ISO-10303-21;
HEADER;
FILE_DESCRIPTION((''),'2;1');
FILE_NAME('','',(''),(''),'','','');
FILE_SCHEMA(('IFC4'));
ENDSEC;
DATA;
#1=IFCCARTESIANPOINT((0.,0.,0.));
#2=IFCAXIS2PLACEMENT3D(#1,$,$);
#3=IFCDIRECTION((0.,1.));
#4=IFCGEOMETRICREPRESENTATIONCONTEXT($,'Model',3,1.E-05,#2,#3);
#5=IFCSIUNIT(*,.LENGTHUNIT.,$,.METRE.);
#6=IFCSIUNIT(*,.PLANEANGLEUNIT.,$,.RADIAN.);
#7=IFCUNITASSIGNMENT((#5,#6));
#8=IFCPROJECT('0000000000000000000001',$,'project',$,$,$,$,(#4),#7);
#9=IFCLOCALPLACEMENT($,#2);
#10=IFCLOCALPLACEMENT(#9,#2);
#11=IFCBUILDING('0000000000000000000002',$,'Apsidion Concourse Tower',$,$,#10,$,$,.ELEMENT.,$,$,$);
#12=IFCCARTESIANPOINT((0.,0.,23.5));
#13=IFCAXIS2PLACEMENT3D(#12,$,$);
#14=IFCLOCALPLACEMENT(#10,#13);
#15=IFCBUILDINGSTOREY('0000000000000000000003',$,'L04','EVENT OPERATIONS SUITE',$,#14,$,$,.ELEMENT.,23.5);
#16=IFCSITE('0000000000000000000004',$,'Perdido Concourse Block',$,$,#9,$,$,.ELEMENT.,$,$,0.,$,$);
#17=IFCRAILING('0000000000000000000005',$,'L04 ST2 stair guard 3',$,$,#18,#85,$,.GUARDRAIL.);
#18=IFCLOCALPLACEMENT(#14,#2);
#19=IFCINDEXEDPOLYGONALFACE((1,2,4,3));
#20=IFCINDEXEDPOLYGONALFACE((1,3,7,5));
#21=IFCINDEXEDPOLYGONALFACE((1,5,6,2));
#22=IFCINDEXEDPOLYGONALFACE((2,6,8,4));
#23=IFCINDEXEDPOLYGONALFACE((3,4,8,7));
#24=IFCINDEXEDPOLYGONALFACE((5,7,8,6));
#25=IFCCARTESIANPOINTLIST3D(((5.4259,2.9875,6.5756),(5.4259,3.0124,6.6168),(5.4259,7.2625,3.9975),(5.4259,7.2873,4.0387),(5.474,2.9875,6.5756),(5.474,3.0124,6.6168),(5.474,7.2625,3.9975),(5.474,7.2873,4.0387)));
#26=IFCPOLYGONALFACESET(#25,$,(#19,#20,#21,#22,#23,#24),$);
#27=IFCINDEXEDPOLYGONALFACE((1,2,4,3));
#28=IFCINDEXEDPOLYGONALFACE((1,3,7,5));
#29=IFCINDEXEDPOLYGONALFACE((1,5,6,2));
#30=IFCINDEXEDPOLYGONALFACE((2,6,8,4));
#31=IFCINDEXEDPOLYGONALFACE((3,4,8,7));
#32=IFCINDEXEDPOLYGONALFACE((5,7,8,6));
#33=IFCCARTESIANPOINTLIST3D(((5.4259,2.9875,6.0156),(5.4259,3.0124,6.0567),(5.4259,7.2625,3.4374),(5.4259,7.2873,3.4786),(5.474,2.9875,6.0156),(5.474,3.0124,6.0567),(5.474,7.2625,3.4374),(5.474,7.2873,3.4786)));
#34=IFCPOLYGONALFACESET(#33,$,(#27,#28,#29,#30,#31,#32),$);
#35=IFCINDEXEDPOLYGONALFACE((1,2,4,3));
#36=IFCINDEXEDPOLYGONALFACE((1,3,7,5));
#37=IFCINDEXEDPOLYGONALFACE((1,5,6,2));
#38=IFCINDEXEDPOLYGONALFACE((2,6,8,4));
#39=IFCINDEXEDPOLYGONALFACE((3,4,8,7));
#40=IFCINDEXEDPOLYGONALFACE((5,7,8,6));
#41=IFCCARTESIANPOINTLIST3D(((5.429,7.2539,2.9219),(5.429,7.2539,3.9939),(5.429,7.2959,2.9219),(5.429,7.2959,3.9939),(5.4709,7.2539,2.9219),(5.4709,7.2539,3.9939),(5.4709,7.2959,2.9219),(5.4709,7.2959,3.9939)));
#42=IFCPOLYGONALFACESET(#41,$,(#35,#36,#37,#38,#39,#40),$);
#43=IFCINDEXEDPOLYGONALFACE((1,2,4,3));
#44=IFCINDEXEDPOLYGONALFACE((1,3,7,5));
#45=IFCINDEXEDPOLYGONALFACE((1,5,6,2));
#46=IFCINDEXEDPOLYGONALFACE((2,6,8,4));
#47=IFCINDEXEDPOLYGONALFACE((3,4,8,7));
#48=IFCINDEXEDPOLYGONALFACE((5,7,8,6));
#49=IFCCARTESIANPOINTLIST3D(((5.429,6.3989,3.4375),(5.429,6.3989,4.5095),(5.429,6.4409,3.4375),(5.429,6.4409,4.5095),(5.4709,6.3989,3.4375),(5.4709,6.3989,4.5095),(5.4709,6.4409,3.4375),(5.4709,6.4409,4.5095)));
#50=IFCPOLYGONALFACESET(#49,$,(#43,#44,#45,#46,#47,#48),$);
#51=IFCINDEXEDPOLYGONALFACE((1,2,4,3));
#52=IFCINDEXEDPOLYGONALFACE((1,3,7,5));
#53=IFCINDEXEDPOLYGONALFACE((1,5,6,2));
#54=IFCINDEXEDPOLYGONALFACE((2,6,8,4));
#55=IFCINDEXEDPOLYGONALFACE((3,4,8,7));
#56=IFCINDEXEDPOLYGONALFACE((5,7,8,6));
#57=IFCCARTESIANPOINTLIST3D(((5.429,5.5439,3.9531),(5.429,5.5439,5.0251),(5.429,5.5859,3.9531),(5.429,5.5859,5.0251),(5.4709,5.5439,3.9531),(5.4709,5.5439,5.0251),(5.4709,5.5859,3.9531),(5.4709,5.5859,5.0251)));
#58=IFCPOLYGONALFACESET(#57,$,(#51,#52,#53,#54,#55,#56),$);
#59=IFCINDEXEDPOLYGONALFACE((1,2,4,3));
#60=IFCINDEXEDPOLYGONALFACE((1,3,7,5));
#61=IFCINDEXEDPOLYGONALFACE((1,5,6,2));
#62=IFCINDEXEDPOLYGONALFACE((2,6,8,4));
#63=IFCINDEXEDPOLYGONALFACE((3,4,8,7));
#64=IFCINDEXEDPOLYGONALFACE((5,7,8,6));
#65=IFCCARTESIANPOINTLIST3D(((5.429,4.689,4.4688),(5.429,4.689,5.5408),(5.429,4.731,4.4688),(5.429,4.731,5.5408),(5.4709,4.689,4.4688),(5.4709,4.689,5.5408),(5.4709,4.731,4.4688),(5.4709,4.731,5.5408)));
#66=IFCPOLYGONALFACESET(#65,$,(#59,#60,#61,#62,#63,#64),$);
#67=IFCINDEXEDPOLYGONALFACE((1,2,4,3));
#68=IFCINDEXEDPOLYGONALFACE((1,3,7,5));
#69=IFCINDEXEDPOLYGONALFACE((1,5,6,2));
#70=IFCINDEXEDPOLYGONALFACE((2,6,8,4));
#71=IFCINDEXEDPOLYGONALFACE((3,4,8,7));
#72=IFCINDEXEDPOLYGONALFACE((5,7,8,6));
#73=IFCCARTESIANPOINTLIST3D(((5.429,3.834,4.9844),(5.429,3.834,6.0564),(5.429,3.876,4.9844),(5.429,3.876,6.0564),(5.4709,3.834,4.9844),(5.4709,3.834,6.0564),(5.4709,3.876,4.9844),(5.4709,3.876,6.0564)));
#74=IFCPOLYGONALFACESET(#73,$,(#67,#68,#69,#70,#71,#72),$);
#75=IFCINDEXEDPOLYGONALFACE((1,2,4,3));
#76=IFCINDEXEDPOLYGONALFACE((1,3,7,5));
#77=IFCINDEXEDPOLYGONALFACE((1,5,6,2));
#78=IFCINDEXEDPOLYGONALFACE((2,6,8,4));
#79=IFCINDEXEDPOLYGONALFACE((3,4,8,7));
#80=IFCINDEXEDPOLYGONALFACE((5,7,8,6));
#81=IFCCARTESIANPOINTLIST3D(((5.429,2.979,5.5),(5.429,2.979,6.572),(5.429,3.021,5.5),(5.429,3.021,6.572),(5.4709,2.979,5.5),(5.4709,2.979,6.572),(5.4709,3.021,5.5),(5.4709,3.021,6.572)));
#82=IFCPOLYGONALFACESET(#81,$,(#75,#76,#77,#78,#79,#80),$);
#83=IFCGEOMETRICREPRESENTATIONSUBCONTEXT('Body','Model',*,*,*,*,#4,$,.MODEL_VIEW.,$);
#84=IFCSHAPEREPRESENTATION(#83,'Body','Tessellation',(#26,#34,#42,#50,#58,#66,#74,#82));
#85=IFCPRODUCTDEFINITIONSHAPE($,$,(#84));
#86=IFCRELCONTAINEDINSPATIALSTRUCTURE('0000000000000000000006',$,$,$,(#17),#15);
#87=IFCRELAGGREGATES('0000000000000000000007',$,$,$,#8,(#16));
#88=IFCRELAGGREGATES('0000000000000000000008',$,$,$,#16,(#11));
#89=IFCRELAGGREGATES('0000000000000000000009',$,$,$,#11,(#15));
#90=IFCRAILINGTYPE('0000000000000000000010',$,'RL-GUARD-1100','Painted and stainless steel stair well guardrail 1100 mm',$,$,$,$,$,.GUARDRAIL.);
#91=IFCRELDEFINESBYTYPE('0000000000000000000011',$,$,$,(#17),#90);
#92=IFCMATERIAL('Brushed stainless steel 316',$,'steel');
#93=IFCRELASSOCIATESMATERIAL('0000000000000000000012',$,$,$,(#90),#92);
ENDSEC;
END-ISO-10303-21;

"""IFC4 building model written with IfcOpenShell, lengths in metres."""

from ifc_helpers import new_model, si_unit, direction, frame, origin, origin_2d, place, context, subcontext, project, spatial, rectangle, extrude, material, type_object, element, save


model = new_model("IFC4")

# Units and contexts
model_context = context("Model", 3, precision=1e-05, world=origin(), true_north=direction((0.0, 1.0)))
body_context = subcontext(model_context, "Body", "Model", "MODEL_VIEW")
ifc_project = project(units=[si_unit("LENGTHUNIT", "METRE"), si_unit("PLANEANGLEUNIT", "RADIAN")], contexts=[model_context])

# Site, building, storey
site_placement = place(None, origin())
site = spatial("IfcSite", under=ifc_project, at=site_placement, Name="Perdido Concourse Block", CompositionType="ELEMENT", RefElevation=0.0)
building_placement = place(site_placement, origin())
building = spatial("IfcBuilding", under=site, at=building_placement, Name="Apsidion Concourse Tower", CompositionType="ELEMENT")
storey_placement = place(building_placement, frame((0.0, 0.0, 23.5)))
storey = spatial("IfcBuildingStorey", under=building, at=storey_placement, Name="L04", Description="EVENT OPERATIONS SUITE", CompositionType="ELEMENT", Elevation=23.5)

# Shared definitions
ifc_material_1 = material(Name="Brushed stainless steel 316", Category="steel")

# Railing
railing_type = type_object("IfcRailingType", Name="RL-GUARD-1100", Description="Painted and stainless steel stair well guardrail 1100 mm", PredefinedType="GUARDRAIL", material=ifc_material_1)
railing_1_placement = place(storey_placement, frame((5.45, 7.2749, 2.9219)))
element("IfcRailing", 1, at=railing_1_placement, inside=storey, type_object=railing_type, Name="L04 ST2 stair guard 3", PredefinedType="GUARDRAIL", context=body_context, shape_type="SweptSolid", body=[
    extrude(rectangle(XDim=0.0481, YDim=0.0481, at=origin_2d()), frame((0.0, 0.0, 1.0962), z_axis=(0.0, -0.856326, 0.516436), x_axis=(1.0, 0.0, 0.0)), (0.0, 0.0, 1.0), 4.9922),
    extrude(rectangle(XDim=0.0481, YDim=0.0481, at=origin_2d()), frame((0.0, 0.0, 0.5361), z_axis=(0.0, -0.856326, 0.516436), x_axis=(1.0, 0.0, 0.0)), (0.0, 0.0, 1.0), 4.9922),
    extrude(rectangle(XDim=0.042, YDim=0.042, at=origin_2d()), origin(), (0.0, 0.0, 1.0), 1.072),
    extrude(rectangle(XDim=0.042, YDim=0.042, at=origin_2d()), frame((0.0, -0.855, 0.5156)), (0.0, 0.0, 1.0), 1.072),
    extrude(rectangle(XDim=0.042, YDim=0.042, at=origin_2d()), frame((0.0, -1.71, 1.0312)), (0.0, 0.0, 1.0), 1.072),
    extrude(rectangle(XDim=0.042, YDim=0.042, at=origin_2d()), frame((0.0, -2.5649, 1.5469)), (0.0, 0.0, 1.0), 1.072),
    extrude(rectangle(XDim=0.042, YDim=0.042, at=origin_2d()), frame((0.0, -3.4199, 2.0625)), (0.0, 0.0, 1.0), 1.072),
    extrude(rectangle(XDim=0.042, YDim=0.042, at=origin_2d()), frame((0.0, -4.2749, 2.5781)), (0.0, 0.0, 1.0), 1.072),
])

save(model, "model.ifc")
